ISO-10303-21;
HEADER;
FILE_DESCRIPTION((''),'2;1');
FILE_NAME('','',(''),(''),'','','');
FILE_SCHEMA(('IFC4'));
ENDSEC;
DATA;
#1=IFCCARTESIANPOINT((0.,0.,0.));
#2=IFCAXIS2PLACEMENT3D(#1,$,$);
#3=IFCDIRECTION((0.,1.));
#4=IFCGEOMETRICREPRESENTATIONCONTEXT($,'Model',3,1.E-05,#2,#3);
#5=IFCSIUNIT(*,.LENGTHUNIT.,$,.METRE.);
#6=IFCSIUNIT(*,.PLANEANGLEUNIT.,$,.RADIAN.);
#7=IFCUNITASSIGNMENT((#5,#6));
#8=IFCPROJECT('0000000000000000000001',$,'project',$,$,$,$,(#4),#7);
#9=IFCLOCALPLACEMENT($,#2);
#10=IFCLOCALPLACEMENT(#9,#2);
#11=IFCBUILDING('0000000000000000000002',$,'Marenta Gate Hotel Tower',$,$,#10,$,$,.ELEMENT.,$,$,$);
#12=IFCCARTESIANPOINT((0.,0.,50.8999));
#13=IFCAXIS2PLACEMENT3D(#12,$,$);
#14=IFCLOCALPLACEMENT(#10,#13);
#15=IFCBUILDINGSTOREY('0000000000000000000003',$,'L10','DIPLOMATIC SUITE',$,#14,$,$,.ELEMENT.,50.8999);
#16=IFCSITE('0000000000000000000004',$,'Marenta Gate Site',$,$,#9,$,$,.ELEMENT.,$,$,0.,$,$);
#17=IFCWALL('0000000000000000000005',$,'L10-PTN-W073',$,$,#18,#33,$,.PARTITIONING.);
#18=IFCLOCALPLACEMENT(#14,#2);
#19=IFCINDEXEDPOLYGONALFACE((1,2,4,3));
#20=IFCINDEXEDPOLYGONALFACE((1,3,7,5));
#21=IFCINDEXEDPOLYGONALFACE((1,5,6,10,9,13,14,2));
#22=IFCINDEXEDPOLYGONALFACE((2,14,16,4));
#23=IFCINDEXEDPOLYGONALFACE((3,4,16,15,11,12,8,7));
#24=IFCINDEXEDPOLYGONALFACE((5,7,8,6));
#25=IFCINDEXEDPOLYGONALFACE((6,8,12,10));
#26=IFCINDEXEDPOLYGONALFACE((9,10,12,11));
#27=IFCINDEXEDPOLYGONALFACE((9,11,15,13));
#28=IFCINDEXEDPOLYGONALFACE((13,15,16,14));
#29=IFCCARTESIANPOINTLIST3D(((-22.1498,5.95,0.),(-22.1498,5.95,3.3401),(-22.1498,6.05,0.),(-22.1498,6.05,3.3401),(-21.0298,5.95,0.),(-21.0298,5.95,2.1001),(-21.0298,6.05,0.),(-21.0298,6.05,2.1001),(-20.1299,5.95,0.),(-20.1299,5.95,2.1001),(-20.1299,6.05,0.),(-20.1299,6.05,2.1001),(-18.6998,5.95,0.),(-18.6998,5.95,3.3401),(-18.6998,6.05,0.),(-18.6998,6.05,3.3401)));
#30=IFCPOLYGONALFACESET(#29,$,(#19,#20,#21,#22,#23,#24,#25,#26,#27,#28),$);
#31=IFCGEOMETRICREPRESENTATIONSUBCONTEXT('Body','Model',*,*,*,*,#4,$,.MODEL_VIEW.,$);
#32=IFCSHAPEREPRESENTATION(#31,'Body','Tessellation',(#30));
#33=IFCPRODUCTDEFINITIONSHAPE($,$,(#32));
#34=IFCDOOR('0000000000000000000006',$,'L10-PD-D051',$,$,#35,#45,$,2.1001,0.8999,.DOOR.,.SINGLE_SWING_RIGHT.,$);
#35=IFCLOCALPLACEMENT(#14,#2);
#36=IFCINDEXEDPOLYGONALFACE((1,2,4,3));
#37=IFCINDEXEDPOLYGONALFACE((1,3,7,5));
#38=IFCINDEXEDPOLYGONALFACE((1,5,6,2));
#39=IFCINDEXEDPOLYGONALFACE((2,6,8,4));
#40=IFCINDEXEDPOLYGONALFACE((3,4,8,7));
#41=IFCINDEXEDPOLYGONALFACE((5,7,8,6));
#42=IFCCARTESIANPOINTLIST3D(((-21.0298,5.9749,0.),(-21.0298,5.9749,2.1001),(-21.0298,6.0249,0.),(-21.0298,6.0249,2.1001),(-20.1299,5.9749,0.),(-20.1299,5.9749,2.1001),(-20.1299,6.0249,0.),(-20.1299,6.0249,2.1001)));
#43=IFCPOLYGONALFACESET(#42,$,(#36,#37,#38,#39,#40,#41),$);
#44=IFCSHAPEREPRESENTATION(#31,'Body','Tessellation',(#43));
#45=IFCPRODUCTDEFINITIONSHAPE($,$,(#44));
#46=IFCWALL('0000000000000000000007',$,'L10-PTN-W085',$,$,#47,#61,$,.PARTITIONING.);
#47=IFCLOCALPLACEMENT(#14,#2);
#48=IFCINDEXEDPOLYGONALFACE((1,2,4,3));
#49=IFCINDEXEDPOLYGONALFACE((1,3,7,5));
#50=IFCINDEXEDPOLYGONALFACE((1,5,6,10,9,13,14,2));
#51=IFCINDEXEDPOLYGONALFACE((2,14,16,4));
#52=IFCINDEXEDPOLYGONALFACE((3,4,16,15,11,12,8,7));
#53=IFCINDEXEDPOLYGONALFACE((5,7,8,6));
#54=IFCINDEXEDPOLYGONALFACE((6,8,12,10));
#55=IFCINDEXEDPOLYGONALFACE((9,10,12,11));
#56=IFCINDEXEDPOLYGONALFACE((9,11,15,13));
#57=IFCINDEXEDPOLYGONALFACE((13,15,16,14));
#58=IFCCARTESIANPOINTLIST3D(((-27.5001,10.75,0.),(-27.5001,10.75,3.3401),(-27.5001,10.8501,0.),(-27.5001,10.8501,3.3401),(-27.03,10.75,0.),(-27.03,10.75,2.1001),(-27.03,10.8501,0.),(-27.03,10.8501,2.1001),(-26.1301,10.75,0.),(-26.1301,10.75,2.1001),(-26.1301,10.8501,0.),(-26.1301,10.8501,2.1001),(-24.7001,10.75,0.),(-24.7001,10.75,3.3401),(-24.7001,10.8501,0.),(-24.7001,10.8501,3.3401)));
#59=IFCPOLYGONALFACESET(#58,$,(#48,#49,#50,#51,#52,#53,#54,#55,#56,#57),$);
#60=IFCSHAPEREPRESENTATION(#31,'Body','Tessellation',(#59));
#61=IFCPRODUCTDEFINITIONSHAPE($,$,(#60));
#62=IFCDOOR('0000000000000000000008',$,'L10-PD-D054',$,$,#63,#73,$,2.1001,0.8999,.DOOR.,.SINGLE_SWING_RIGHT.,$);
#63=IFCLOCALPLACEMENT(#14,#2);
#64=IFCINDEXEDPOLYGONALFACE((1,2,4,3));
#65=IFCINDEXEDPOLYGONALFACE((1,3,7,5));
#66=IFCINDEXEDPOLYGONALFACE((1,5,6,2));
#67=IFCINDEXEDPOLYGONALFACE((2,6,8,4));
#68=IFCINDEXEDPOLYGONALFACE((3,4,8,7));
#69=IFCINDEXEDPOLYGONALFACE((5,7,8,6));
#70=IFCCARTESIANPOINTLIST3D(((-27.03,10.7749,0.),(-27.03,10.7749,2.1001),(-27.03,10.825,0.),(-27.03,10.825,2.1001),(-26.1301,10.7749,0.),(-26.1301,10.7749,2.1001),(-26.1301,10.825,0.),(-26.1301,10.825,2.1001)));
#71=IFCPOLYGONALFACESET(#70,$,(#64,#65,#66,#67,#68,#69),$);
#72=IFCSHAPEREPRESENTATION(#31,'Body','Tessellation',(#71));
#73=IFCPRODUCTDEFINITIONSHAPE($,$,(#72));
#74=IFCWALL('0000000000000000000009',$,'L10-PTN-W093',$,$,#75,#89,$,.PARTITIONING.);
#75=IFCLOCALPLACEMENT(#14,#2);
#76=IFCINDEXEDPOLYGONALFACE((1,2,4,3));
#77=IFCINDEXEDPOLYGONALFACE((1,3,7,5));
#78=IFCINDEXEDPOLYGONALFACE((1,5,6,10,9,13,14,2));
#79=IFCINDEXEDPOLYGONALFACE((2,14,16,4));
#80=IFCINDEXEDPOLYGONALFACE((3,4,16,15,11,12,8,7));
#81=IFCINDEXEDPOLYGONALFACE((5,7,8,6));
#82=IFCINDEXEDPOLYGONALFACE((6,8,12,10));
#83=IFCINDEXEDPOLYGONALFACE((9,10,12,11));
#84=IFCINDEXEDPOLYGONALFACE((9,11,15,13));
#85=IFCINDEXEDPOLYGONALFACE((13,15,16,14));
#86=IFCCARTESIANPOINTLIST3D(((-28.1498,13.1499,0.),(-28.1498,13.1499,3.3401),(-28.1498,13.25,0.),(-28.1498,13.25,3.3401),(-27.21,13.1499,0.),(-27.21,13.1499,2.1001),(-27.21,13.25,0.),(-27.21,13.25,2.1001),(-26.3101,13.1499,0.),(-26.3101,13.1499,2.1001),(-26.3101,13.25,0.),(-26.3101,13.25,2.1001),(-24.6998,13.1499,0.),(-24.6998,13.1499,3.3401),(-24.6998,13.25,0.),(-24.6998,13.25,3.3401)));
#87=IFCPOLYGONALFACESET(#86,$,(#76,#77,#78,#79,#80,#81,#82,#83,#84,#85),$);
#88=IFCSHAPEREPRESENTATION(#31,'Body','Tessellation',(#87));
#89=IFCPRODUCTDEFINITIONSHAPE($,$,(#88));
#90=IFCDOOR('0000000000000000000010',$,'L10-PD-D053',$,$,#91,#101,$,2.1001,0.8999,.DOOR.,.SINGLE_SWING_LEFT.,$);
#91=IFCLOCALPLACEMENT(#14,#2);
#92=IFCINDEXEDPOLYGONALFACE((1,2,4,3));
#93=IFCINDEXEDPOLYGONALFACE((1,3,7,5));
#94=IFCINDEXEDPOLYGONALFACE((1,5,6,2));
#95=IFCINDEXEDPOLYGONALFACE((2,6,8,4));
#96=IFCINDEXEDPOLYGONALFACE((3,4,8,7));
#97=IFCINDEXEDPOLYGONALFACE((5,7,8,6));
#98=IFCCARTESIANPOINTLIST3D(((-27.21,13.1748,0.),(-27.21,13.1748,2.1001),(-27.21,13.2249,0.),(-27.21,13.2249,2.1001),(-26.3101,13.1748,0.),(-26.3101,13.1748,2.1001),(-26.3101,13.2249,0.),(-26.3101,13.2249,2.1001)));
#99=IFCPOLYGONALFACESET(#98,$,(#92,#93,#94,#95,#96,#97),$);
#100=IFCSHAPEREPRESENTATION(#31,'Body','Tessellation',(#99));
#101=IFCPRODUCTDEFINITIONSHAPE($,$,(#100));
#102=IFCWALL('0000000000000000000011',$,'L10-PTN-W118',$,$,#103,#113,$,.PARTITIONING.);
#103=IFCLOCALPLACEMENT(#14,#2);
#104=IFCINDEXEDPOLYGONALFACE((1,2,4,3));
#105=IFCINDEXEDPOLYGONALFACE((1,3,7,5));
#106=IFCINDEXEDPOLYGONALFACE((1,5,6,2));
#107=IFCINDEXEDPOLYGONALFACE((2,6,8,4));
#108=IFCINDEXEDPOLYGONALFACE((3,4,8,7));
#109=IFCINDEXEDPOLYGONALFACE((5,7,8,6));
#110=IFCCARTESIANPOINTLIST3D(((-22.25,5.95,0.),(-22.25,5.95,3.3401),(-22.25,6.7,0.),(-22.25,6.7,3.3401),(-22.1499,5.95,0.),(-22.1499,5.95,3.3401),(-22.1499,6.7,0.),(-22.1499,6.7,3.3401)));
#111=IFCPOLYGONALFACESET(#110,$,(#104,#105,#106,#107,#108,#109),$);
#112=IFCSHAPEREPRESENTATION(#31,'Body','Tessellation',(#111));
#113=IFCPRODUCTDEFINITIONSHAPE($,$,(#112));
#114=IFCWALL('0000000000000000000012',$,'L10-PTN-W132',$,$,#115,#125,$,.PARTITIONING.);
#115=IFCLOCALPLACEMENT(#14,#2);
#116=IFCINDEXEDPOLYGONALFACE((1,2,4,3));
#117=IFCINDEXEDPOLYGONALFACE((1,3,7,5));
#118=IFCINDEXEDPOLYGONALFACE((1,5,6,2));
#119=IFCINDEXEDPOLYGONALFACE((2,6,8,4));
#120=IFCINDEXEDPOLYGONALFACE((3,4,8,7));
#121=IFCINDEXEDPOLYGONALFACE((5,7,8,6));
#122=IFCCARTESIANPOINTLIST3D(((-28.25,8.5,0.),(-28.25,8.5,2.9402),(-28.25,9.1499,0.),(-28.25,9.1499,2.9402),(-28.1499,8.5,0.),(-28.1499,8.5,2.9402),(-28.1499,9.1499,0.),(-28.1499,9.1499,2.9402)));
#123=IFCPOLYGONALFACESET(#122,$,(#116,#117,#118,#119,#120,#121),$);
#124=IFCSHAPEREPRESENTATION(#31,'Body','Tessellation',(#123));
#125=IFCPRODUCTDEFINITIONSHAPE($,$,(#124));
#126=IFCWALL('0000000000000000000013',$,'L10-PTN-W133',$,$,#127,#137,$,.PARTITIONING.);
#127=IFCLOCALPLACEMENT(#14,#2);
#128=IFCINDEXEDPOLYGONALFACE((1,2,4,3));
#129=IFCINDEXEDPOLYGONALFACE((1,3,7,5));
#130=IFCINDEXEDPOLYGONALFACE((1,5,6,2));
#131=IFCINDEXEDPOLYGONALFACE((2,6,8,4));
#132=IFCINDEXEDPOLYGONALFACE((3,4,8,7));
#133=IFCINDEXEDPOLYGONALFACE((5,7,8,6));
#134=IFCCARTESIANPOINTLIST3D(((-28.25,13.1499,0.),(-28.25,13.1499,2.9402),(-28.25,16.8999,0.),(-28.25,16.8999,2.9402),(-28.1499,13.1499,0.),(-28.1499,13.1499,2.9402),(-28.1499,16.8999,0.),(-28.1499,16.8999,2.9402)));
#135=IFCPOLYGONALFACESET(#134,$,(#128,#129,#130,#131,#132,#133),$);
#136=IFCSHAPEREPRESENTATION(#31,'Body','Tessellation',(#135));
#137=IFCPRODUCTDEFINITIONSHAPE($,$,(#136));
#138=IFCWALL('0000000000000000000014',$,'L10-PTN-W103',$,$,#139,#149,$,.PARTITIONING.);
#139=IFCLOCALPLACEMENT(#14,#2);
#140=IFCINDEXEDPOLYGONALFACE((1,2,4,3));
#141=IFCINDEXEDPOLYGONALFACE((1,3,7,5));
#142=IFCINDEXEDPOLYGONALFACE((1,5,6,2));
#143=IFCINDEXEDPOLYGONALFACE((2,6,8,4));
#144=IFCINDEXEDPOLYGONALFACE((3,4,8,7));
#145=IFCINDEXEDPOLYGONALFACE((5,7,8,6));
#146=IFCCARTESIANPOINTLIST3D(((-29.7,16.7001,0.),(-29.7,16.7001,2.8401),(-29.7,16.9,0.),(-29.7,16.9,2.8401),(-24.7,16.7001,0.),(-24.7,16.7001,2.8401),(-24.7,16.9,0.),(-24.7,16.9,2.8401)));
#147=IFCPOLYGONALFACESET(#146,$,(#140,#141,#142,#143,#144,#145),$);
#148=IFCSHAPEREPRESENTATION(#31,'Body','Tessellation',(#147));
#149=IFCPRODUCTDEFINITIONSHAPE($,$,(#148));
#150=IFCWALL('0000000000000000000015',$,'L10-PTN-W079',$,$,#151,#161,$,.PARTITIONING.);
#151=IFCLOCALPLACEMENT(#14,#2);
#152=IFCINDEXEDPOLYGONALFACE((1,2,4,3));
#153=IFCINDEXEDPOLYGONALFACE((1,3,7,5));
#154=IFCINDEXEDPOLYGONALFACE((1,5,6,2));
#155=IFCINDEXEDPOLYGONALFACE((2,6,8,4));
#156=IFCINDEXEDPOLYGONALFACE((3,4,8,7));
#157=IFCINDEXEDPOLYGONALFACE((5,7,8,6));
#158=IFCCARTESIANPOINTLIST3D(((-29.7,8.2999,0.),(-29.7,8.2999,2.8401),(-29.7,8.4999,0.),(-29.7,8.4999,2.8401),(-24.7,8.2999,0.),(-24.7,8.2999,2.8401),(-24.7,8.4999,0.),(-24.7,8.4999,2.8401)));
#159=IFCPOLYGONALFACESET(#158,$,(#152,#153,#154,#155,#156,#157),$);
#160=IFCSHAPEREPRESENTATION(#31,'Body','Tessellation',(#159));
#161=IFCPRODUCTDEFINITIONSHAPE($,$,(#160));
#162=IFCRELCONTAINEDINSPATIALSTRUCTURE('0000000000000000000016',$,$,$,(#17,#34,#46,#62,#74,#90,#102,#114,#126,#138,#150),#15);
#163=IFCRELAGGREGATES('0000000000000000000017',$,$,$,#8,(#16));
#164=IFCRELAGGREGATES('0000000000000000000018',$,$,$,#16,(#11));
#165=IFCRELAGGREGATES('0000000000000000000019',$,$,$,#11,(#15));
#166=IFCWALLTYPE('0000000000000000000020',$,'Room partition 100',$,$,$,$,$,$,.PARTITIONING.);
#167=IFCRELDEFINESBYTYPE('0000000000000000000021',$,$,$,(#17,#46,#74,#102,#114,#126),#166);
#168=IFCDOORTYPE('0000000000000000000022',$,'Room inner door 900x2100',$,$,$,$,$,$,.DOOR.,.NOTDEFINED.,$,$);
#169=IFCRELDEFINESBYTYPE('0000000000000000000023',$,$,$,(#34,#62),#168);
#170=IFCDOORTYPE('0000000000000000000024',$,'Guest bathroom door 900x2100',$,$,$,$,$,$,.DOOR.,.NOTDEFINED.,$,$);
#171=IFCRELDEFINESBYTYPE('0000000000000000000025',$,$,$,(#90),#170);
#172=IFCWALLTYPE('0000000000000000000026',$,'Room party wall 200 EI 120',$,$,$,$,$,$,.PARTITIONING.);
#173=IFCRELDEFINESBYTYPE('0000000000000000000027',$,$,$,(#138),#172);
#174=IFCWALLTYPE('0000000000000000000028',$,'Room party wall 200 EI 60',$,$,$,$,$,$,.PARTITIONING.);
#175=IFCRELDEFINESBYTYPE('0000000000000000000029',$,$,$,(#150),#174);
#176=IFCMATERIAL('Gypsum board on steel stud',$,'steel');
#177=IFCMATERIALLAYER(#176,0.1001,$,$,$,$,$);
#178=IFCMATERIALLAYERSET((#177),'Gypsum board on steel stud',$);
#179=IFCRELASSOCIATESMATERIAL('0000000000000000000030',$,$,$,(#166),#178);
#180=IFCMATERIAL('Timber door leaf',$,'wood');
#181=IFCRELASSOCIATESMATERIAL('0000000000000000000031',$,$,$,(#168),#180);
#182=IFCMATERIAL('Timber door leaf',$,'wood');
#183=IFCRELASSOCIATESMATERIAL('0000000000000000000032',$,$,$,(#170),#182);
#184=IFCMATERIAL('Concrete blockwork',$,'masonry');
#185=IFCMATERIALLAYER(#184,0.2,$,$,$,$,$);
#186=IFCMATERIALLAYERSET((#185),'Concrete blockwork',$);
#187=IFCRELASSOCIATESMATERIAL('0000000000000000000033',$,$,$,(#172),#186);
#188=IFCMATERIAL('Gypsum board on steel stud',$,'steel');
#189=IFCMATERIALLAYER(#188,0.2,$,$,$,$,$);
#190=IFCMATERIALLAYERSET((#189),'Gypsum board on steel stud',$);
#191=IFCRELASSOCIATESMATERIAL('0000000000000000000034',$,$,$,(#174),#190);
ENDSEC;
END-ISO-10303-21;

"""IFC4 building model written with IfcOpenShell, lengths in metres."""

from ifc_helpers import new_model, si_unit, direction, frame, frame_2d, origin, place, context, subcontext, project, spatial, rectangle, extrude, material, layer, layer_set, type_object, element, fill, save


model = new_model("IFC4")

# Units and contexts
model_context = context("Model", 3, precision=1e-05, world=origin(), true_north=direction((0.0, 1.0)))
body_context = subcontext(model_context, "Body", "Model", "MODEL_VIEW")
ifc_project = project(units=[si_unit("LENGTHUNIT", "METRE"), si_unit("PLANEANGLEUNIT", "RADIAN")], contexts=[model_context])

# Site, building, storey
site_placement = place(None, origin())
site = spatial("IfcSite", under=ifc_project, at=site_placement, Name="Marenta Gate Site", CompositionType="ELEMENT", RefElevation=0.0)
building_placement = place(site_placement, origin())
building = spatial("IfcBuilding", under=site, at=building_placement, Name="Marenta Gate Hotel Tower", CompositionType="ELEMENT")
storey_placement = place(building_placement, frame((0.0, 0.0, 50.8999)))
storey = spatial("IfcBuildingStorey", under=building, at=storey_placement, Name="L10", Description="DIPLOMATIC SUITE", CompositionType="ELEMENT", Elevation=50.8999)

# Walls, openings, doors
ifc_material_1 = material(Name="Gypsum board on steel stud", Category="steel")
ifc_layer_1 = layer(ifc_material_1, 0.1001)
ifc_layer_set_1 = layer_set([ifc_layer_1], Name="Gypsum board on steel stud")
wall_type_1 = type_object("IfcWallType", Name="Room partition 100", PredefinedType="PARTITIONING", material=ifc_layer_set_1)
wall_1_placement = place(storey_placement, frame((-22.1499, 6.0, 0.0), z_axis=(0.0, 0.0, 1.0), x_axis=(1.0, 0.0, 0.0)))
wall_1 = element("IfcWall", 1, at=wall_1_placement, inside=storey, type_object=wall_type_1, Name="L10-PTN-W073", PredefinedType="PARTITIONING", context=body_context, shape_type="SweptSolid", body=[
    extrude(rectangle(XDim=3.45, YDim=0.1001, at=frame_2d((1.7251, 0.0))), origin(), (0.0, 0.0, 1.0), 3.3401),
])
opening_1_placement = place(wall_1_placement, frame((1.1201, 0.0, 0.0)))
opening_1 = element("IfcOpeningElement", 2, at=opening_1_placement, cuts=wall_1, PredefinedType="OPENING", context=body_context, shape_type="SweptSolid", body=[
    extrude(rectangle(XDim=0.8999, YDim=2.1001, at=frame_2d((0.45, 1.05))), frame((0.0, 0.05, 0.0), z_axis=(0.0, -1.0, 0.0), x_axis=(1.0, 0.0, 0.0)), (0.0, 0.0, 1.0), 0.1001),
])
ifc_material_2 = material(Name="Timber door leaf", Category="wood")
door_type_1 = type_object("IfcDoorType", Name="Room inner door 900x2100", OperationType="NOTDEFINED", PredefinedType="DOOR", material=ifc_material_2)
door_1_placement = place(opening_1_placement, origin())
door_1 = element("IfcDoor", 3, at=door_1_placement, inside=storey, type_object=door_type_1, Name="L10-PD-D051", OperationType="SINGLE_SWING_RIGHT", OverallHeight=2.1001, OverallWidth=0.8999, PredefinedType="DOOR", context=body_context, shape_type="SweptSolid", body=[
    extrude(rectangle(XDim=0.8999, YDim=2.1001, at=frame_2d((0.45, 1.05))), frame((0.0, 0.0249, 0.0), z_axis=(0.0, -1.0, 0.0), x_axis=(1.0, 0.0, 0.0)), (0.0, 0.0, 1.0), 0.05),
])
fill(opening_1, door_1)
wall_2_placement = place(storey_placement, frame((-27.5, 10.8, 0.0), z_axis=(0.0, 0.0, 1.0), x_axis=(1.0, 0.0, 0.0)))
wall_2 = element("IfcWall", 4, at=wall_2_placement, inside=storey, type_object=wall_type_1, Name="L10-PTN-W085", PredefinedType="PARTITIONING", context=body_context, shape_type="SweptSolid", body=[
    extrude(rectangle(XDim=2.8, YDim=0.1001, at=frame_2d((1.3999, 0.0))), origin(), (0.0, 0.0, 1.0), 3.3401),
])
opening_2_placement = place(wall_2_placement, frame((0.47, 0.0, 0.0)))
opening_2 = element("IfcOpeningElement", 5, at=opening_2_placement, cuts=wall_2, PredefinedType="OPENING", context=body_context, shape_type="SweptSolid", body=[
    extrude(rectangle(XDim=0.8999, YDim=2.1001, at=frame_2d((0.45, 1.05))), frame((0.0, 0.05, 0.0), z_axis=(0.0, -1.0, 0.0), x_axis=(1.0, 0.0, 0.0)), (0.0, 0.0, 1.0), 0.1001),
])
door_2_placement = place(opening_2_placement, origin())
door_2 = element("IfcDoor", 6, at=door_2_placement, inside=storey, type_object=door_type_1, Name="L10-PD-D054", OperationType="SINGLE_SWING_RIGHT", OverallHeight=2.1001, OverallWidth=0.8999, PredefinedType="DOOR", context=body_context, shape_type="SweptSolid", body=[
    extrude(rectangle(XDim=0.8999, YDim=2.1001, at=frame_2d((0.45, 1.05))), frame((0.0, 0.0249, 0.0), z_axis=(0.0, -1.0, 0.0), x_axis=(1.0, 0.0, 0.0)), (0.0, 0.0, 1.0), 0.05),
])
fill(opening_2, door_2)
wall_3_placement = place(storey_placement, frame((-28.1499, 13.2, 0.0), z_axis=(0.0, 0.0, 1.0), x_axis=(1.0, 0.0, 0.0)))
wall_3 = element("IfcWall", 7, at=wall_3_placement, inside=storey, type_object=wall_type_1, Name="L10-PTN-W093", PredefinedType="PARTITIONING", context=body_context, shape_type="SweptSolid", body=[
    extrude(rectangle(XDim=3.45, YDim=0.1001, at=frame_2d((1.7251, 0.0))), origin(), (0.0, 0.0, 1.0), 3.3401),
])
opening_3_placement = place(wall_3_placement, frame((0.9399, 0.0, 0.0)))
opening_3 = element("IfcOpeningElement", 8, at=opening_3_placement, cuts=wall_3, PredefinedType="OPENING", context=body_context, shape_type="SweptSolid", body=[
    extrude(rectangle(XDim=0.8999, YDim=2.1001, at=frame_2d((0.45, 1.05))), frame((0.0, 0.05, 0.0), z_axis=(0.0, -1.0, 0.0), x_axis=(1.0, 0.0, 0.0)), (0.0, 0.0, 1.0), 0.1001),
])
ifc_material_3 = material(Name="Timber door leaf", Category="wood")
door_type_2 = type_object("IfcDoorType", Name="Guest bathroom door 900x2100", OperationType="NOTDEFINED", PredefinedType="DOOR", material=ifc_material_3)
door_3_placement = place(opening_3_placement, origin())
door_3 = element("IfcDoor", 9, at=door_3_placement, inside=storey, type_object=door_type_2, Name="L10-PD-D053", OperationType="SINGLE_SWING_LEFT", OverallHeight=2.1001, OverallWidth=0.8999, PredefinedType="DOOR", context=body_context, shape_type="SweptSolid", body=[
    extrude(rectangle(XDim=0.8999, YDim=2.1001, at=frame_2d((0.45, 1.05))), frame((0.0, 0.0249, 0.0), z_axis=(0.0, -1.0, 0.0), x_axis=(1.0, 0.0, 0.0)), (0.0, 0.0, 1.0), 0.05),
])
fill(opening_3, door_3)

# Walls
wall_4_placement = place(storey_placement, frame((-22.2, 5.95, 0.0), z_axis=(0.0, 0.0, 1.0), x_axis=(0.0, 1.0, 0.0)))
element("IfcWall", 10, at=wall_4_placement, inside=storey, type_object=wall_type_1, Name="L10-PTN-W118", PredefinedType="PARTITIONING", context=body_context, shape_type="SweptSolid", body=[
    extrude(rectangle(XDim=0.75, YDim=0.1001, at=frame_2d((0.375, 0.0))), origin(), (0.0, 0.0, 1.0), 3.3401),
])
wall_5_placement = place(storey_placement, frame((-28.2, 8.5, 0.0), z_axis=(0.0, 0.0, 1.0), x_axis=(0.0, 1.0, 0.0)))
element("IfcWall", 11, at=wall_5_placement, inside=storey, type_object=wall_type_1, Name="L10-PTN-W132", PredefinedType="PARTITIONING", context=body_context, shape_type="SweptSolid", body=[
    extrude(rectangle(XDim=0.6499, YDim=0.1001, at=frame_2d((0.325, 0.0))), origin(), (0.0, 0.0, 1.0), 2.9402),
])
wall_6_placement = place(storey_placement, frame((-28.2, 13.1499, 0.0), z_axis=(0.0, 0.0, 1.0), x_axis=(0.0, 1.0, 0.0)))
element("IfcWall", 12, at=wall_6_placement, inside=storey, type_object=wall_type_1, Name="L10-PTN-W133", PredefinedType="PARTITIONING", context=body_context, shape_type="SweptSolid", body=[
    extrude(rectangle(XDim=3.75, YDim=0.1001, at=frame_2d((1.875, 0.0))), origin(), (0.0, 0.0, 1.0), 2.9402),
])
ifc_material_4 = material(Name="Concrete blockwork", Category="masonry")
ifc_layer_2 = layer(ifc_material_4, 0.2)
ifc_layer_set_2 = layer_set([ifc_layer_2], Name="Concrete blockwork")
wall_type_2 = type_object("IfcWallType", Name="Room party wall 200 EI 120", PredefinedType="PARTITIONING", material=ifc_layer_set_2)
wall_7_placement = place(storey_placement, frame((-29.7, 16.8, 0.0), z_axis=(0.0, 0.0, 1.0), x_axis=(1.0, 0.0, 0.0)))
element("IfcWall", 13, at=wall_7_placement, inside=storey, type_object=wall_type_2, Name="L10-PTN-W103", PredefinedType="PARTITIONING", context=body_context, shape_type="SweptSolid", body=[
    extrude(rectangle(XDim=5.0, YDim=0.2, at=frame_2d((2.5, 0.0))), origin(), (0.0, 0.0, 1.0), 2.8401),
])
ifc_material_5 = material(Name="Gypsum board on steel stud", Category="steel")
ifc_layer_3 = layer(ifc_material_5, 0.2)
ifc_layer_set_3 = layer_set([ifc_layer_3], Name="Gypsum board on steel stud")
wall_type_3 = type_object("IfcWallType", Name="Room party wall 200 EI 60", PredefinedType="PARTITIONING", material=ifc_layer_set_3)
wall_8_placement = place(storey_placement, frame((-29.7, 8.3999, 0.0), z_axis=(0.0, 0.0, 1.0), x_axis=(1.0, 0.0, 0.0)))
element("IfcWall", 14, at=wall_8_placement, inside=storey, type_object=wall_type_3, Name="L10-PTN-W079", PredefinedType="PARTITIONING", context=body_context, shape_type="SweptSolid", body=[
    extrude(rectangle(XDim=5.0, YDim=0.2, at=frame_2d((2.5, 0.0))), origin(), (0.0, 0.0, 1.0), 2.8401),
])

save(model, "model.ifc")
